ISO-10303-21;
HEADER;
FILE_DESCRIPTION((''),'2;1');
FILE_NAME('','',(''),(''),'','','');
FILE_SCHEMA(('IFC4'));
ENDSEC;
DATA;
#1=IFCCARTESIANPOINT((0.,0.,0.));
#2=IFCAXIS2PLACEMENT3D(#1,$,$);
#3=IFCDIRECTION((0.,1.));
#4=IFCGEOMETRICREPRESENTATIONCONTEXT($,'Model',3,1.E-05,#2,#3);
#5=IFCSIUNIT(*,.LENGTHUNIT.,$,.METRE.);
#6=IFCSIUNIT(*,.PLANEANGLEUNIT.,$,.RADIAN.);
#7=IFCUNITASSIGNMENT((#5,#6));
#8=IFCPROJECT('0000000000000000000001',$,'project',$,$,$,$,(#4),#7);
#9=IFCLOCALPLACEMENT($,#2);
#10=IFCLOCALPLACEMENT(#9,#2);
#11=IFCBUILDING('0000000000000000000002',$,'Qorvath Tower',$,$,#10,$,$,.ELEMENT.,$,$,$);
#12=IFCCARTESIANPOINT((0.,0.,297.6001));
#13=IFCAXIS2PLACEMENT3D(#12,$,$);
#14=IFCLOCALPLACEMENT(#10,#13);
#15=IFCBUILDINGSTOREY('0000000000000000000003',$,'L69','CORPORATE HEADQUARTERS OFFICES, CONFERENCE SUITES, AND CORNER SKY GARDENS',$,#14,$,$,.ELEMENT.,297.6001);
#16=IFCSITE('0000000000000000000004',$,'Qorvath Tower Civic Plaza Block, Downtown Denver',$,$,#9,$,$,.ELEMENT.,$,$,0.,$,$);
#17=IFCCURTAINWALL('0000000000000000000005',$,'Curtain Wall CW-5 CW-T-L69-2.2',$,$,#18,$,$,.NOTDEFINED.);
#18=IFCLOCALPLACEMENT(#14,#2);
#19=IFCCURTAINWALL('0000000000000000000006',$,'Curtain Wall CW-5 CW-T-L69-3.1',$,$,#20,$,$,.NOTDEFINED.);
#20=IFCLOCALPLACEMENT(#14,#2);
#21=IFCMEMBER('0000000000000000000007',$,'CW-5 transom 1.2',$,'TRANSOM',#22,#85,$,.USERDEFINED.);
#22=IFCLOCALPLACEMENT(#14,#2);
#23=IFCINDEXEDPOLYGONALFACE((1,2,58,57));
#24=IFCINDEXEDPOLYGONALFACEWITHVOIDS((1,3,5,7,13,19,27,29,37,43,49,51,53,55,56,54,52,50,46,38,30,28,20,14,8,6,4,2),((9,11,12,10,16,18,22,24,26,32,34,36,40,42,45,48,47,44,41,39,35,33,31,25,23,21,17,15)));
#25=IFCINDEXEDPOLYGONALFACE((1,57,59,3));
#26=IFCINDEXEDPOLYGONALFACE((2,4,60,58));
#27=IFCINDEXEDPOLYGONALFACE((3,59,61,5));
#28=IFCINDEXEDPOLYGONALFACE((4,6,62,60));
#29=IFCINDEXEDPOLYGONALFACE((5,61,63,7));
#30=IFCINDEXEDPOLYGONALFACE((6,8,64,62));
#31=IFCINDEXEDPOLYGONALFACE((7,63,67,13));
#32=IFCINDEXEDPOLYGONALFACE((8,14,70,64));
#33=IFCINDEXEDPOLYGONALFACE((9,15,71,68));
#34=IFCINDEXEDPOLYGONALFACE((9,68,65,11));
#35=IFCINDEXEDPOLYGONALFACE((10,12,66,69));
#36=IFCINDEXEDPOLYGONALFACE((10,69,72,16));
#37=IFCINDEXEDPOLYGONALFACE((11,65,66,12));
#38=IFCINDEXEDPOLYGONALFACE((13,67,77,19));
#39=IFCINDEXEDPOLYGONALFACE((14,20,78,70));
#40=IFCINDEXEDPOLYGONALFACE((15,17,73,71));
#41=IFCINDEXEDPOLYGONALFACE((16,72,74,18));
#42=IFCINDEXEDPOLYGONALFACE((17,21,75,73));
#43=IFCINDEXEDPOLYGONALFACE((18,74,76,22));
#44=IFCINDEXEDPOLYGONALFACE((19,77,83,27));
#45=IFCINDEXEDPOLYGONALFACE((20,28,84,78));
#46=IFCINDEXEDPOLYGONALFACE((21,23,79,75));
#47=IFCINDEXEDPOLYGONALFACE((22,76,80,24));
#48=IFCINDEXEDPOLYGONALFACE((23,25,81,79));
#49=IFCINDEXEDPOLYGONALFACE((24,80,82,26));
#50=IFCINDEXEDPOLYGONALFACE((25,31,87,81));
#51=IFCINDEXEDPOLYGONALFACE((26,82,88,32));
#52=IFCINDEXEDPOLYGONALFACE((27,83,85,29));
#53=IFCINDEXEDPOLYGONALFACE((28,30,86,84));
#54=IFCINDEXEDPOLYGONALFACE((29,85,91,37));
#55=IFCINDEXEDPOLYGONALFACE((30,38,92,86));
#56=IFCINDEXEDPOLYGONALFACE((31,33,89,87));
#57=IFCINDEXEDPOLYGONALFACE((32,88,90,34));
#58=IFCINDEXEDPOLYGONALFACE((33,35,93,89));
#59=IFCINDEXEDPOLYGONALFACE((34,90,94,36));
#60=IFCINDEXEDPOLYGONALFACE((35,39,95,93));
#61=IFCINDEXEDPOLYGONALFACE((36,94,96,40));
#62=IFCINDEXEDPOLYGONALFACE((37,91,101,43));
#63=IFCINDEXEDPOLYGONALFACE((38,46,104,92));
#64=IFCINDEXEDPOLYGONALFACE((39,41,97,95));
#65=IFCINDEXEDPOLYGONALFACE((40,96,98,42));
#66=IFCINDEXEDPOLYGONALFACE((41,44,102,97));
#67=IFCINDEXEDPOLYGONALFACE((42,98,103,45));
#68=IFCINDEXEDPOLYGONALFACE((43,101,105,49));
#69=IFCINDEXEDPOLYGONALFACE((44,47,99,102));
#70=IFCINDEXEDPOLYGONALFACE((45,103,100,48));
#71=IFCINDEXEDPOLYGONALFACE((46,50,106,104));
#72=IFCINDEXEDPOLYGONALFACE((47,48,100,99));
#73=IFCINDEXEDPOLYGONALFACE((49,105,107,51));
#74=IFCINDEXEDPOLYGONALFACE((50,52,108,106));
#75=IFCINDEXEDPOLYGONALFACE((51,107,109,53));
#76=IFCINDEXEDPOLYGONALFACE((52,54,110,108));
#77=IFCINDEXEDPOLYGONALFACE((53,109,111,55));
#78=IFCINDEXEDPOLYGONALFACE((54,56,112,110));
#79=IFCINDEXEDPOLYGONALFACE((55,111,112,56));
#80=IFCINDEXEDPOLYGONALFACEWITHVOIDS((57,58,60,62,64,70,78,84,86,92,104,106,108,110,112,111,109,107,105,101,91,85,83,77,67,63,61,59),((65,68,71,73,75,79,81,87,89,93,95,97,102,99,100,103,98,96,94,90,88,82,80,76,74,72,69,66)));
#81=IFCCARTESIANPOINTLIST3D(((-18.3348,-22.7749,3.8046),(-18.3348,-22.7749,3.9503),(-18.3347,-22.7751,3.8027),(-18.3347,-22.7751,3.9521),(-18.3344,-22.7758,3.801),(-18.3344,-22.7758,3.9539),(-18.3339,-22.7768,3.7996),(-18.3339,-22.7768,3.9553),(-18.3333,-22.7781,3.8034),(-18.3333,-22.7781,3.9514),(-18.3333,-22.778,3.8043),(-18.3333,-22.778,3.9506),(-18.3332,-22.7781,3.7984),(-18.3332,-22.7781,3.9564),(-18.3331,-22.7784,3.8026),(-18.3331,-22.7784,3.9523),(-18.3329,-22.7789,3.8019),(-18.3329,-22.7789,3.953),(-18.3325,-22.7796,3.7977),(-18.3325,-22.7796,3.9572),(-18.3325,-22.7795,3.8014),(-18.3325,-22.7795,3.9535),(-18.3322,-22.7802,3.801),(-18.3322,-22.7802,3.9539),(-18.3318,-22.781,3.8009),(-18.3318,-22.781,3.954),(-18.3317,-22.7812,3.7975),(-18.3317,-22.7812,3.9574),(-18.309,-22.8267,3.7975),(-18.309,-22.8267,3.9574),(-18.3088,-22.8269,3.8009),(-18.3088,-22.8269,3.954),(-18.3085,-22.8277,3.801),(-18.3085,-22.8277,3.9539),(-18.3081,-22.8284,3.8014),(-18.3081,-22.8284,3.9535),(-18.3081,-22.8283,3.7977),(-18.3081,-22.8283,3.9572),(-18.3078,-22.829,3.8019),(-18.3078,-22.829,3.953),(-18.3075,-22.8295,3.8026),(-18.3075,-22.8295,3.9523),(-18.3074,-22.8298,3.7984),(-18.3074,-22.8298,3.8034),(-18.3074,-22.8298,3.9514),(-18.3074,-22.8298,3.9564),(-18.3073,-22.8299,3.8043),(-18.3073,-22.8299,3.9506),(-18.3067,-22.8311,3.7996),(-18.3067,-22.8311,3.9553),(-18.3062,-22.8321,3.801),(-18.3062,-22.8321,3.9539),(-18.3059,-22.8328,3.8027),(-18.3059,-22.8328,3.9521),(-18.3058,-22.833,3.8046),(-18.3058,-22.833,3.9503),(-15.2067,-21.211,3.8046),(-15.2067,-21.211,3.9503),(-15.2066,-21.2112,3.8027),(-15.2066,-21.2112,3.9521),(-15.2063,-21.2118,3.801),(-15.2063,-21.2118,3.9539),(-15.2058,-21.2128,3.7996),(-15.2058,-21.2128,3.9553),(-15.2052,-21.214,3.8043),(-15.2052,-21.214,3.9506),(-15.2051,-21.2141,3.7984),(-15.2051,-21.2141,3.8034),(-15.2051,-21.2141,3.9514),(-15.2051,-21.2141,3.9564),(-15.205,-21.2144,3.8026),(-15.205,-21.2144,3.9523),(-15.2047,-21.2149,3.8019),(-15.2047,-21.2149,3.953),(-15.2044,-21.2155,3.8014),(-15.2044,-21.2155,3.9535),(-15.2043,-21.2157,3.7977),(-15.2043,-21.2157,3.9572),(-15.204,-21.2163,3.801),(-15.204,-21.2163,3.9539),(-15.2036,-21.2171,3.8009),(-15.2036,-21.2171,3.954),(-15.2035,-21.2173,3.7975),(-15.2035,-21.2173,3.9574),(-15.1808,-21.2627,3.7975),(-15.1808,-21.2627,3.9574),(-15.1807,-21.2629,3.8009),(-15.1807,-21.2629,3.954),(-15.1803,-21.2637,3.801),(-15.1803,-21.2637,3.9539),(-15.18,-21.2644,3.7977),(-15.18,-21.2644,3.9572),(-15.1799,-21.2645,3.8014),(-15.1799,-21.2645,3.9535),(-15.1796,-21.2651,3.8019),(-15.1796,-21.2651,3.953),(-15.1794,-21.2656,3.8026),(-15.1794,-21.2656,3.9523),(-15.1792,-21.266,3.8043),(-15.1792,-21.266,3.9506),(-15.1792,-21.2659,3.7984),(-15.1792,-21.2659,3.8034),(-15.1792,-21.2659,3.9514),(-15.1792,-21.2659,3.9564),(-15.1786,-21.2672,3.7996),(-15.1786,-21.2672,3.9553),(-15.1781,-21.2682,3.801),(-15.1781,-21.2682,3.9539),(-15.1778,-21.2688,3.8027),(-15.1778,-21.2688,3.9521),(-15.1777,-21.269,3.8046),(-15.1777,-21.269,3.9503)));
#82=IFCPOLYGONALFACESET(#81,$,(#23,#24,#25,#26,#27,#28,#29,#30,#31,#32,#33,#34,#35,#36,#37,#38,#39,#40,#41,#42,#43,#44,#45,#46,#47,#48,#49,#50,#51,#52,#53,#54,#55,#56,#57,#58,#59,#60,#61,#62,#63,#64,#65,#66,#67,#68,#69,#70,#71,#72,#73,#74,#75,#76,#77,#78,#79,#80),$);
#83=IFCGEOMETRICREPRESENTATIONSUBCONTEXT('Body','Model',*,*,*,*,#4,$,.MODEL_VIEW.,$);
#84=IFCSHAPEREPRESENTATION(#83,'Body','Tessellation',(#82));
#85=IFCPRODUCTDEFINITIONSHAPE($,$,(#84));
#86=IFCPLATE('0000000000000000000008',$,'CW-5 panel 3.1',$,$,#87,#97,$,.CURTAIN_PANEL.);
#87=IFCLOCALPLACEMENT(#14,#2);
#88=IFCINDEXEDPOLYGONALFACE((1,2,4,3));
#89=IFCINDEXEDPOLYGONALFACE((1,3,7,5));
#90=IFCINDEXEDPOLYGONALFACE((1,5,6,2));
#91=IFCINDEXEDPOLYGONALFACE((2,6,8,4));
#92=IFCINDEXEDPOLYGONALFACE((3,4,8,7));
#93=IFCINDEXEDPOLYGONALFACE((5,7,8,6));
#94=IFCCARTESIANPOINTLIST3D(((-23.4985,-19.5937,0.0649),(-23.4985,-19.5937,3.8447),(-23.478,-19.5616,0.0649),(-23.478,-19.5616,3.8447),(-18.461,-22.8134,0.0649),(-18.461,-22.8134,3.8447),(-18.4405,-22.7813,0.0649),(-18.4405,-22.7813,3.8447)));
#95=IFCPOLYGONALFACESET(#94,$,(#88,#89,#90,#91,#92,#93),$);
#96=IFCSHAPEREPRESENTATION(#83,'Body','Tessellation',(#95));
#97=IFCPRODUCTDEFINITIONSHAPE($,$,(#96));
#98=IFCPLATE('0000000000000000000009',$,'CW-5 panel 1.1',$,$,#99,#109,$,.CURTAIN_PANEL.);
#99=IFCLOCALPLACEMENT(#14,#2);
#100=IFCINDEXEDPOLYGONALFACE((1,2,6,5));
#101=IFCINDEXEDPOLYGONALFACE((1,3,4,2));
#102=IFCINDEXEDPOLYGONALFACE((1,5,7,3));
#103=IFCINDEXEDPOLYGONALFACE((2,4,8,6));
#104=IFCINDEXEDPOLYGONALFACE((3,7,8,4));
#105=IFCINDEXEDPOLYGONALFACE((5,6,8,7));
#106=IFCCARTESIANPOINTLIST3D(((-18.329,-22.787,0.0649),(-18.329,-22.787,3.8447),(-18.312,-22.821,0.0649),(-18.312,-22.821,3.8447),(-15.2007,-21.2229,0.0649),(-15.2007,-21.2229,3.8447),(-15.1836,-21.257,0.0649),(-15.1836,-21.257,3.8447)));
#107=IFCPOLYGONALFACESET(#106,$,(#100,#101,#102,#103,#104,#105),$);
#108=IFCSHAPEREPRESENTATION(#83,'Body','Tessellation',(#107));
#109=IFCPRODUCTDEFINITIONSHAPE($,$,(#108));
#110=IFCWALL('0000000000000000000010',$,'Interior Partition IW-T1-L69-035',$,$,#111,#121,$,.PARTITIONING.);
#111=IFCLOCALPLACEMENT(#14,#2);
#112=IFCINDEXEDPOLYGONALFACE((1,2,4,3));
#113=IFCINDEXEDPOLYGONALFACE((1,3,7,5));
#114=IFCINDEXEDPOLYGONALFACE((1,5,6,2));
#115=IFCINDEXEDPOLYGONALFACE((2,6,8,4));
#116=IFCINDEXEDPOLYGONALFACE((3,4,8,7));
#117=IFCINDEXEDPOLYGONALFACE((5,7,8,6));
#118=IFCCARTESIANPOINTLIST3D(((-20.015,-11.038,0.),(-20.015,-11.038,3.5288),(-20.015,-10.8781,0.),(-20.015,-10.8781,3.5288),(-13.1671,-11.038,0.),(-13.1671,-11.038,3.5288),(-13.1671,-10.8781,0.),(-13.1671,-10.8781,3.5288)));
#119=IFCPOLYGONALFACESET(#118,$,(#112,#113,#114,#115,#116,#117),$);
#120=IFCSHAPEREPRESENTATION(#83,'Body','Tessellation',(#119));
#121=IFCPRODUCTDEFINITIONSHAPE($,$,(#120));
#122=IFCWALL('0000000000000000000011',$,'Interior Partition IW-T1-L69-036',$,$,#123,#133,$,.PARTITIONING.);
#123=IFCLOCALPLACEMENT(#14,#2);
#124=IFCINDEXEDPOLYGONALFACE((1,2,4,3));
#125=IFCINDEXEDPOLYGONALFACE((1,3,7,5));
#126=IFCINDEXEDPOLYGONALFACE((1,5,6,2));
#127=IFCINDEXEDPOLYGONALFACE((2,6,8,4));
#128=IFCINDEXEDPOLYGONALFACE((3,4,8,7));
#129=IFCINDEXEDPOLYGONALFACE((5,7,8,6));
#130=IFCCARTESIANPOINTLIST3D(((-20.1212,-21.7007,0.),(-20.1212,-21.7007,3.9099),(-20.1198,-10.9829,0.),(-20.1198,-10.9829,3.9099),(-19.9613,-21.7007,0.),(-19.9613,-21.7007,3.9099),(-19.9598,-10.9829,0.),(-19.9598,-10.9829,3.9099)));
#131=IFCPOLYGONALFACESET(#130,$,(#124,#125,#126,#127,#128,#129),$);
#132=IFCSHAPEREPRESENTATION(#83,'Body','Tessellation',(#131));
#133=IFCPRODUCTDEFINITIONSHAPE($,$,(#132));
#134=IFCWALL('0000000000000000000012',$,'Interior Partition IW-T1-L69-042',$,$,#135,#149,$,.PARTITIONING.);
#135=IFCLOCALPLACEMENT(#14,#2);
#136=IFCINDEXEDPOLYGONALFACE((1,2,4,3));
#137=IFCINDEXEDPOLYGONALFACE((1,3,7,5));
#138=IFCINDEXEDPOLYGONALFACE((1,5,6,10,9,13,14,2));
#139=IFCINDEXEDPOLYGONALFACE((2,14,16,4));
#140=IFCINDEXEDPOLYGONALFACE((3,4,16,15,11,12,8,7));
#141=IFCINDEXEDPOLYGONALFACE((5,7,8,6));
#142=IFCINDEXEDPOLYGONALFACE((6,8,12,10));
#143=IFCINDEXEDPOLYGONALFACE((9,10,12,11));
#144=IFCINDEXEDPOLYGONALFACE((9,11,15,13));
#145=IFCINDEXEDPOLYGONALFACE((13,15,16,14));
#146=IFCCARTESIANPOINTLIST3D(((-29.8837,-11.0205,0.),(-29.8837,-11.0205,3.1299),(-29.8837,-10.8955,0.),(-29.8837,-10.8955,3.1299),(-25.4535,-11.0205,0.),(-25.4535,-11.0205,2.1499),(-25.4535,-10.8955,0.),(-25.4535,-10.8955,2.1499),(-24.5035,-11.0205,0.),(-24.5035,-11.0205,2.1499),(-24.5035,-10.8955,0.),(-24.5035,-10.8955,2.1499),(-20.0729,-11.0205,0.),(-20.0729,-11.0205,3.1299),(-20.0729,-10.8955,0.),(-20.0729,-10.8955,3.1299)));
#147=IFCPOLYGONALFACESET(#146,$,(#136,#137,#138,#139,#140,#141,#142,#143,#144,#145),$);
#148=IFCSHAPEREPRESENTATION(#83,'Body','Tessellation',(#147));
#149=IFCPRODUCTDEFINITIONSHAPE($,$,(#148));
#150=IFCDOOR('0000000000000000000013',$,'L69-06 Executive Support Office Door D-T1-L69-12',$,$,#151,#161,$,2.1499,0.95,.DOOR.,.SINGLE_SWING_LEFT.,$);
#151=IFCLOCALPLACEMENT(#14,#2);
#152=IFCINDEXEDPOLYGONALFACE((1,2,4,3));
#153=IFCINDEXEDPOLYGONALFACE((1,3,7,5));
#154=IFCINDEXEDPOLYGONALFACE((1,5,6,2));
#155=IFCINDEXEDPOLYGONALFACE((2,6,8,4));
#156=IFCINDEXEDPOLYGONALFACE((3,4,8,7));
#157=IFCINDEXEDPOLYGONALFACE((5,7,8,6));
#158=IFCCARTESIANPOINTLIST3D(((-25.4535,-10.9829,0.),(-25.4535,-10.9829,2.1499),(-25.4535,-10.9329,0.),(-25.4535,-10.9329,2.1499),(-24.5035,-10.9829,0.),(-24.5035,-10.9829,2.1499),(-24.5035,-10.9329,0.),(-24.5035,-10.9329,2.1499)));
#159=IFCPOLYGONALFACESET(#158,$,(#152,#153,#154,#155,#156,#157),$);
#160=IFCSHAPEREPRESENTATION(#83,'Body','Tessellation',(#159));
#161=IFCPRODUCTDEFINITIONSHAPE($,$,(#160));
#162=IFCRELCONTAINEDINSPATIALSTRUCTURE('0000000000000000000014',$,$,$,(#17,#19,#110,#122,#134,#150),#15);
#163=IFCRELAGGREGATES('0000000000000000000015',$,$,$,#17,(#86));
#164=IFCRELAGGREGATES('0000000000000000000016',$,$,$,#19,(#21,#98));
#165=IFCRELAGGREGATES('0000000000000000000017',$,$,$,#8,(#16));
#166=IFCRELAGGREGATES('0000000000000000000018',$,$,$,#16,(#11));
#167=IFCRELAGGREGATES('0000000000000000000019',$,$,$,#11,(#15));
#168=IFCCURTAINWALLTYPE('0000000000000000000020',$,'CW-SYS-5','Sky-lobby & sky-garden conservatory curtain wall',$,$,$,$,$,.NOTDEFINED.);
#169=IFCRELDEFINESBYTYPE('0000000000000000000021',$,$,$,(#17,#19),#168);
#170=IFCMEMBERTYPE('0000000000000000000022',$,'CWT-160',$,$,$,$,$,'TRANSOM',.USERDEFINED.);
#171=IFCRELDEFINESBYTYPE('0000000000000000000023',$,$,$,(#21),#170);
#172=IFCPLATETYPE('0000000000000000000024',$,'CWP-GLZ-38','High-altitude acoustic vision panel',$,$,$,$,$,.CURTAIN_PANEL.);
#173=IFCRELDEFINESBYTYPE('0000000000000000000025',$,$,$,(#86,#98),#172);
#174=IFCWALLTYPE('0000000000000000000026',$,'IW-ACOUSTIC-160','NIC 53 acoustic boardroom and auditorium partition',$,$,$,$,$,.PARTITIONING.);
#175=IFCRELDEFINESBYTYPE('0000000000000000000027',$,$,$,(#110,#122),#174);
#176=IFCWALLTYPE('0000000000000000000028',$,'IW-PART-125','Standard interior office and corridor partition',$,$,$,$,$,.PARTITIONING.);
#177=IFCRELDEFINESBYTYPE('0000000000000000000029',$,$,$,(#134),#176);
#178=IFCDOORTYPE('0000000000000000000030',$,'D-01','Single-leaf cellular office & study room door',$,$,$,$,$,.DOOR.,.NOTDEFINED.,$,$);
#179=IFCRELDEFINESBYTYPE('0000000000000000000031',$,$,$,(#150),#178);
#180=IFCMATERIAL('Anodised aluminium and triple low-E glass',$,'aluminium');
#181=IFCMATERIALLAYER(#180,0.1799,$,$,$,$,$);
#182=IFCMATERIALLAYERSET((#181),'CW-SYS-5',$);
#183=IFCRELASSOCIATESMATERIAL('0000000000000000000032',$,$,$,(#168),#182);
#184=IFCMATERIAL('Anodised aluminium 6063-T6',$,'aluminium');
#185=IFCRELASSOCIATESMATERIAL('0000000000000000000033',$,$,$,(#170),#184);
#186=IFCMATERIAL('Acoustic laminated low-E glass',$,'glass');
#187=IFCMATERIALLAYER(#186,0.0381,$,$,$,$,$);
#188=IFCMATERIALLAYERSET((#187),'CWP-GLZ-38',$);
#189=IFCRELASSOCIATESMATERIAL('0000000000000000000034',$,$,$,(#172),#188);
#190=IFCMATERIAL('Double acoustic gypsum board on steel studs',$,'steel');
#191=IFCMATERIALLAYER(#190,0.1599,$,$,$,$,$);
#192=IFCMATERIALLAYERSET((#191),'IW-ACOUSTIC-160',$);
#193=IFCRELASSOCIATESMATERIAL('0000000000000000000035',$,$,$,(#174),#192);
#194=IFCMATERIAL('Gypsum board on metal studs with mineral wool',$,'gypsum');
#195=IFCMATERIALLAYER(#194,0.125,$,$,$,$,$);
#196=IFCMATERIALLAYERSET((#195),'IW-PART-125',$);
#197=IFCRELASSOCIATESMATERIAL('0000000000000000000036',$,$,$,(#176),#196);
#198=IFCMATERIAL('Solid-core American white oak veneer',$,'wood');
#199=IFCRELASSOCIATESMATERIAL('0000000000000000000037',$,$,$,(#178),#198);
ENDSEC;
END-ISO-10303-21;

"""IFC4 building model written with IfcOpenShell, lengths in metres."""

from ifc_helpers import new_model, si_unit, direction, frame, frame_2d, origin, origin_2d, place, context, subcontext, project, spatial, rectangle, hollow_rectangle, extrude, material, layer, layer_set, material_profile, profile_set, type_object, element, fill, aggregate, save


model = new_model("IFC4")

# Units and contexts
model_context = context("Model", 3, precision=1e-05, world=origin(), true_north=direction((0.0, 1.0)))
body_context = subcontext(model_context, "Body", "Model", "MODEL_VIEW")
ifc_project = project(units=[si_unit("LENGTHUNIT", "METRE"), si_unit("PLANEANGLEUNIT", "RADIAN")], contexts=[model_context])

# Site, building, storey
site_placement = place(None, origin())
site = spatial("IfcSite", under=ifc_project, at=site_placement, Name="Qorvath Tower Civic Plaza Block, Downtown Denver", CompositionType="ELEMENT", RefElevation=0.0)
building_placement = place(site_placement, origin())
building = spatial("IfcBuilding", under=site, at=building_placement, Name="Qorvath Tower", CompositionType="ELEMENT")
storey_placement = place(building_placement, frame((0.0, 0.0, 297.6001)))
storey = spatial("IfcBuildingStorey", under=building, at=storey_placement, Name="L69", Description="CORPORATE HEADQUARTERS OFFICES, CONFERENCE SUITES, AND CORNER SKY GARDENS", CompositionType="ELEMENT", Elevation=297.6001)

# Curtain wall
ifc_material_1 = material(Name="Anodised aluminium and triple low-E glass", Category="aluminium")
ifc_layer_1 = layer(ifc_material_1, 0.1799)
ifc_layer_set_1 = layer_set([ifc_layer_1], Name="CW-SYS-5")
curtain_wall_type = type_object("IfcCurtainWallType", Name="CW-SYS-5", Description="Sky-lobby & sky-garden conservatory curtain wall", PredefinedType="NOTDEFINED", material=ifc_layer_set_1)
curtain_wall_1_placement = place(storey_placement, origin())
curtain_wall_1 = element("IfcCurtainWall", 1, at=curtain_wall_1_placement, inside=storey, type_object=curtain_wall_type, Name="Curtain Wall CW-5 CW-T-L69-2.2", PredefinedType="NOTDEFINED")

# Curtain wall, member
curtain_wall_2_placement = place(storey_placement, origin())
curtain_wall_2 = element("IfcCurtainWall", 2, at=curtain_wall_2_placement, inside=storey, type_object=curtain_wall_type, Name="Curtain Wall CW-5 CW-T-L69-3.1", PredefinedType="NOTDEFINED")
ifc_material_2 = material(Name="Anodised aluminium 6063-T6", Category="aluminium")
ifc_material_profile_1 = material_profile(ifc_material_2, hollow_rectangle(XDim=0.0649, YDim=0.1599, WallThickness=0.0034, InnerFilletRadius=0.0034, OuterFilletRadius=0.0071, at=origin_2d()), Name="CWT 160x65")
ifc_profile_set_1 = profile_set([ifc_material_profile_1], Name="Anodised aluminium 6063-T6")
member_type_1 = type_object("IfcMemberType", Name="CWT-160", ElementType="TRANSOM", PredefinedType="USERDEFINED", material=ifc_profile_set_1)
member_1_placement = place(storey_placement, frame((-18.3203, -22.804, 3.8774), z_axis=(0.894441, 0.447186, 0.0), x_axis=(-0.447186, 0.894441, 0.0)))
member_1 = element("IfcMember", 3, at=member_1_placement, type_object=member_type_1, Name="CW-5 transom 1.2", ObjectType="TRANSOM", PredefinedType="USERDEFINED", context=body_context, shape_type="SweptSolid", body=[
    extrude(hollow_rectangle(XDim=0.0649, YDim=0.1599, WallThickness=0.0034, InnerFilletRadius=0.0034, OuterFilletRadius=0.0071, at=origin_2d()), origin(), (0.0, 0.0, 1.0), 3.4973),
])

# Plates
ifc_material_3 = material(Name="Acoustic laminated low-E glass", Category="glass")
ifc_layer_2 = layer(ifc_material_3, 0.0381)
ifc_layer_set_2 = layer_set([ifc_layer_2], Name="CWP-GLZ-38")
plate_type = type_object("IfcPlateType", Name="CWP-GLZ-38", Description="High-altitude acoustic vision panel", PredefinedType="CURTAIN_PANEL", material=ifc_layer_set_2)
plate_1_placement = place(storey_placement, frame((-20.9695, -21.1875, 0.0649), z_axis=(0.0, 0.0, 1.0), x_axis=(0.842604, -0.538534, 0.0)))
plate_1 = element("IfcPlate", 4, at=plate_1_placement, type_object=plate_type, Name="CW-5 panel 3.1", PredefinedType="CURTAIN_PANEL", context=body_context, shape_type="SweptSolid", body=[
    extrude(rectangle(XDim=5.9785, YDim=0.0381, at=origin_2d()), origin(), (0.0, 0.0, 1.0), 3.7798),
])
aggregate(curtain_wall_1, [plate_1])
plate_2_placement = place(storey_placement, frame((-16.7563, -22.022, 0.0649), z_axis=(0.0, 0.0, 1.0), x_axis=(0.894444, 0.447181, 0.0)))
plate_2 = element("IfcPlate", 5, at=plate_2_placement, type_object=plate_type, Name="CW-5 panel 1.1", PredefinedType="CURTAIN_PANEL", context=body_context, shape_type="SweptSolid", body=[
    extrude(rectangle(XDim=3.4976, YDim=0.0381, at=origin_2d()), origin(), (0.0, 0.0, 1.0), 3.7798),
])
aggregate(curtain_wall_2, [member_1, plate_2])

# Walls
ifc_material_4 = material(Name="Double acoustic gypsum board on steel studs", Category="steel")
ifc_layer_3 = layer(ifc_material_4, 0.1599)
ifc_layer_set_3 = layer_set([ifc_layer_3], Name="IW-ACOUSTIC-160")
wall_type_1 = type_object("IfcWallType", Name="IW-ACOUSTIC-160", Description="NIC 53 acoustic boardroom and auditorium partition", PredefinedType="PARTITIONING", material=ifc_layer_set_3)
wall_1_placement = place(storey_placement, frame((-20.0149, -10.958, 0.0), z_axis=(0.0, 0.0, 1.0), x_axis=(1.0, 0.0, 0.0)))
element("IfcWall", 6, at=wall_1_placement, inside=storey, type_object=wall_type_1, Name="Interior Partition IW-T1-L69-035", PredefinedType="PARTITIONING", context=body_context, shape_type="SweptSolid", body=[
    extrude(rectangle(XDim=6.8479, YDim=0.1599, at=frame_2d((3.4238, 0.0))), origin(), (0.0, 0.0, 1.0), 3.5288),
])
wall_2_placement = place(storey_placement, frame((-20.0398, -10.9829, 0.0), z_axis=(0.0, 0.0, 1.0), x_axis=(-0.000137, -1.0, 0.0)))
element("IfcWall", 7, at=wall_2_placement, inside=storey, type_object=wall_type_1, Name="Interior Partition IW-T1-L69-036", PredefinedType="PARTITIONING", context=body_context, shape_type="SweptSolid", body=[
    extrude(rectangle(XDim=10.7178, YDim=0.1599, at=frame_2d((5.3589, 0.0))), origin(), (0.0, 0.0, 1.0), 3.9099),
])

# Wall, opening, door
ifc_material_5 = material(Name="Gypsum board on metal studs with mineral wool", Category="gypsum")
ifc_layer_4 = layer(ifc_material_5, 0.125)
ifc_layer_set_4 = layer_set([ifc_layer_4], Name="IW-PART-125")
wall_type_2 = type_object("IfcWallType", Name="IW-PART-125", Description="Standard interior office and corridor partition", PredefinedType="PARTITIONING", material=ifc_layer_set_4)
wall_3_placement = place(storey_placement, frame((-20.073, -10.958, 0.0), z_axis=(0.0, 0.0, 1.0), x_axis=(-1.0, 0.0, 0.0)))
wall_3 = element("IfcWall", 8, at=wall_3_placement, inside=storey, type_object=wall_type_2, Name="Interior Partition IW-T1-L69-042", PredefinedType="PARTITIONING", context=body_context, shape_type="SweptSolid", body=[
    extrude(rectangle(XDim=9.8108, YDim=0.125, at=frame_2d((4.9053, 0.0))), origin(), (0.0, 0.0, 1.0), 3.1299),
])
opening_placement = place(wall_3_placement, frame((4.4304, 0.0, 0.0)))
opening = element("IfcOpeningElement", 9, at=opening_placement, cuts=wall_3, PredefinedType="OPENING", context=body_context, shape_type="SweptSolid", body=[
    extrude(rectangle(XDim=0.95, YDim=2.1499, at=frame_2d((0.4751, 1.075))), frame((0.0, 0.0725, 0.0), z_axis=(0.0, -1.0, 0.0), x_axis=(1.0, 0.0, 0.0)), (0.0, 0.0, 1.0), 0.145),
])
ifc_material_6 = material(Name="Solid-core American white oak veneer", Category="wood")
door_type = type_object("IfcDoorType", Name="D-01", Description="Single-leaf cellular office & study room door", OperationType="NOTDEFINED", PredefinedType="DOOR", material=ifc_material_6)
door_placement = place(opening_placement, origin())
door = element("IfcDoor", 10, at=door_placement, inside=storey, type_object=door_type, Name="L69-06 Executive Support Office Door D-T1-L69-12", OperationType="SINGLE_SWING_LEFT", OverallHeight=2.1499, OverallWidth=0.95, PredefinedType="DOOR", context=body_context, shape_type="SweptSolid", body=[
    extrude(rectangle(XDim=0.95, YDim=2.1499, at=frame_2d((0.4751, 1.075))), frame((0.0, 0.0249, 0.0), z_axis=(0.0, -1.0, 0.0), x_axis=(1.0, 0.0, 0.0)), (0.0, 0.0, 1.0), 0.05),
])
fill(opening, door)

save(model, "model.ifc")
